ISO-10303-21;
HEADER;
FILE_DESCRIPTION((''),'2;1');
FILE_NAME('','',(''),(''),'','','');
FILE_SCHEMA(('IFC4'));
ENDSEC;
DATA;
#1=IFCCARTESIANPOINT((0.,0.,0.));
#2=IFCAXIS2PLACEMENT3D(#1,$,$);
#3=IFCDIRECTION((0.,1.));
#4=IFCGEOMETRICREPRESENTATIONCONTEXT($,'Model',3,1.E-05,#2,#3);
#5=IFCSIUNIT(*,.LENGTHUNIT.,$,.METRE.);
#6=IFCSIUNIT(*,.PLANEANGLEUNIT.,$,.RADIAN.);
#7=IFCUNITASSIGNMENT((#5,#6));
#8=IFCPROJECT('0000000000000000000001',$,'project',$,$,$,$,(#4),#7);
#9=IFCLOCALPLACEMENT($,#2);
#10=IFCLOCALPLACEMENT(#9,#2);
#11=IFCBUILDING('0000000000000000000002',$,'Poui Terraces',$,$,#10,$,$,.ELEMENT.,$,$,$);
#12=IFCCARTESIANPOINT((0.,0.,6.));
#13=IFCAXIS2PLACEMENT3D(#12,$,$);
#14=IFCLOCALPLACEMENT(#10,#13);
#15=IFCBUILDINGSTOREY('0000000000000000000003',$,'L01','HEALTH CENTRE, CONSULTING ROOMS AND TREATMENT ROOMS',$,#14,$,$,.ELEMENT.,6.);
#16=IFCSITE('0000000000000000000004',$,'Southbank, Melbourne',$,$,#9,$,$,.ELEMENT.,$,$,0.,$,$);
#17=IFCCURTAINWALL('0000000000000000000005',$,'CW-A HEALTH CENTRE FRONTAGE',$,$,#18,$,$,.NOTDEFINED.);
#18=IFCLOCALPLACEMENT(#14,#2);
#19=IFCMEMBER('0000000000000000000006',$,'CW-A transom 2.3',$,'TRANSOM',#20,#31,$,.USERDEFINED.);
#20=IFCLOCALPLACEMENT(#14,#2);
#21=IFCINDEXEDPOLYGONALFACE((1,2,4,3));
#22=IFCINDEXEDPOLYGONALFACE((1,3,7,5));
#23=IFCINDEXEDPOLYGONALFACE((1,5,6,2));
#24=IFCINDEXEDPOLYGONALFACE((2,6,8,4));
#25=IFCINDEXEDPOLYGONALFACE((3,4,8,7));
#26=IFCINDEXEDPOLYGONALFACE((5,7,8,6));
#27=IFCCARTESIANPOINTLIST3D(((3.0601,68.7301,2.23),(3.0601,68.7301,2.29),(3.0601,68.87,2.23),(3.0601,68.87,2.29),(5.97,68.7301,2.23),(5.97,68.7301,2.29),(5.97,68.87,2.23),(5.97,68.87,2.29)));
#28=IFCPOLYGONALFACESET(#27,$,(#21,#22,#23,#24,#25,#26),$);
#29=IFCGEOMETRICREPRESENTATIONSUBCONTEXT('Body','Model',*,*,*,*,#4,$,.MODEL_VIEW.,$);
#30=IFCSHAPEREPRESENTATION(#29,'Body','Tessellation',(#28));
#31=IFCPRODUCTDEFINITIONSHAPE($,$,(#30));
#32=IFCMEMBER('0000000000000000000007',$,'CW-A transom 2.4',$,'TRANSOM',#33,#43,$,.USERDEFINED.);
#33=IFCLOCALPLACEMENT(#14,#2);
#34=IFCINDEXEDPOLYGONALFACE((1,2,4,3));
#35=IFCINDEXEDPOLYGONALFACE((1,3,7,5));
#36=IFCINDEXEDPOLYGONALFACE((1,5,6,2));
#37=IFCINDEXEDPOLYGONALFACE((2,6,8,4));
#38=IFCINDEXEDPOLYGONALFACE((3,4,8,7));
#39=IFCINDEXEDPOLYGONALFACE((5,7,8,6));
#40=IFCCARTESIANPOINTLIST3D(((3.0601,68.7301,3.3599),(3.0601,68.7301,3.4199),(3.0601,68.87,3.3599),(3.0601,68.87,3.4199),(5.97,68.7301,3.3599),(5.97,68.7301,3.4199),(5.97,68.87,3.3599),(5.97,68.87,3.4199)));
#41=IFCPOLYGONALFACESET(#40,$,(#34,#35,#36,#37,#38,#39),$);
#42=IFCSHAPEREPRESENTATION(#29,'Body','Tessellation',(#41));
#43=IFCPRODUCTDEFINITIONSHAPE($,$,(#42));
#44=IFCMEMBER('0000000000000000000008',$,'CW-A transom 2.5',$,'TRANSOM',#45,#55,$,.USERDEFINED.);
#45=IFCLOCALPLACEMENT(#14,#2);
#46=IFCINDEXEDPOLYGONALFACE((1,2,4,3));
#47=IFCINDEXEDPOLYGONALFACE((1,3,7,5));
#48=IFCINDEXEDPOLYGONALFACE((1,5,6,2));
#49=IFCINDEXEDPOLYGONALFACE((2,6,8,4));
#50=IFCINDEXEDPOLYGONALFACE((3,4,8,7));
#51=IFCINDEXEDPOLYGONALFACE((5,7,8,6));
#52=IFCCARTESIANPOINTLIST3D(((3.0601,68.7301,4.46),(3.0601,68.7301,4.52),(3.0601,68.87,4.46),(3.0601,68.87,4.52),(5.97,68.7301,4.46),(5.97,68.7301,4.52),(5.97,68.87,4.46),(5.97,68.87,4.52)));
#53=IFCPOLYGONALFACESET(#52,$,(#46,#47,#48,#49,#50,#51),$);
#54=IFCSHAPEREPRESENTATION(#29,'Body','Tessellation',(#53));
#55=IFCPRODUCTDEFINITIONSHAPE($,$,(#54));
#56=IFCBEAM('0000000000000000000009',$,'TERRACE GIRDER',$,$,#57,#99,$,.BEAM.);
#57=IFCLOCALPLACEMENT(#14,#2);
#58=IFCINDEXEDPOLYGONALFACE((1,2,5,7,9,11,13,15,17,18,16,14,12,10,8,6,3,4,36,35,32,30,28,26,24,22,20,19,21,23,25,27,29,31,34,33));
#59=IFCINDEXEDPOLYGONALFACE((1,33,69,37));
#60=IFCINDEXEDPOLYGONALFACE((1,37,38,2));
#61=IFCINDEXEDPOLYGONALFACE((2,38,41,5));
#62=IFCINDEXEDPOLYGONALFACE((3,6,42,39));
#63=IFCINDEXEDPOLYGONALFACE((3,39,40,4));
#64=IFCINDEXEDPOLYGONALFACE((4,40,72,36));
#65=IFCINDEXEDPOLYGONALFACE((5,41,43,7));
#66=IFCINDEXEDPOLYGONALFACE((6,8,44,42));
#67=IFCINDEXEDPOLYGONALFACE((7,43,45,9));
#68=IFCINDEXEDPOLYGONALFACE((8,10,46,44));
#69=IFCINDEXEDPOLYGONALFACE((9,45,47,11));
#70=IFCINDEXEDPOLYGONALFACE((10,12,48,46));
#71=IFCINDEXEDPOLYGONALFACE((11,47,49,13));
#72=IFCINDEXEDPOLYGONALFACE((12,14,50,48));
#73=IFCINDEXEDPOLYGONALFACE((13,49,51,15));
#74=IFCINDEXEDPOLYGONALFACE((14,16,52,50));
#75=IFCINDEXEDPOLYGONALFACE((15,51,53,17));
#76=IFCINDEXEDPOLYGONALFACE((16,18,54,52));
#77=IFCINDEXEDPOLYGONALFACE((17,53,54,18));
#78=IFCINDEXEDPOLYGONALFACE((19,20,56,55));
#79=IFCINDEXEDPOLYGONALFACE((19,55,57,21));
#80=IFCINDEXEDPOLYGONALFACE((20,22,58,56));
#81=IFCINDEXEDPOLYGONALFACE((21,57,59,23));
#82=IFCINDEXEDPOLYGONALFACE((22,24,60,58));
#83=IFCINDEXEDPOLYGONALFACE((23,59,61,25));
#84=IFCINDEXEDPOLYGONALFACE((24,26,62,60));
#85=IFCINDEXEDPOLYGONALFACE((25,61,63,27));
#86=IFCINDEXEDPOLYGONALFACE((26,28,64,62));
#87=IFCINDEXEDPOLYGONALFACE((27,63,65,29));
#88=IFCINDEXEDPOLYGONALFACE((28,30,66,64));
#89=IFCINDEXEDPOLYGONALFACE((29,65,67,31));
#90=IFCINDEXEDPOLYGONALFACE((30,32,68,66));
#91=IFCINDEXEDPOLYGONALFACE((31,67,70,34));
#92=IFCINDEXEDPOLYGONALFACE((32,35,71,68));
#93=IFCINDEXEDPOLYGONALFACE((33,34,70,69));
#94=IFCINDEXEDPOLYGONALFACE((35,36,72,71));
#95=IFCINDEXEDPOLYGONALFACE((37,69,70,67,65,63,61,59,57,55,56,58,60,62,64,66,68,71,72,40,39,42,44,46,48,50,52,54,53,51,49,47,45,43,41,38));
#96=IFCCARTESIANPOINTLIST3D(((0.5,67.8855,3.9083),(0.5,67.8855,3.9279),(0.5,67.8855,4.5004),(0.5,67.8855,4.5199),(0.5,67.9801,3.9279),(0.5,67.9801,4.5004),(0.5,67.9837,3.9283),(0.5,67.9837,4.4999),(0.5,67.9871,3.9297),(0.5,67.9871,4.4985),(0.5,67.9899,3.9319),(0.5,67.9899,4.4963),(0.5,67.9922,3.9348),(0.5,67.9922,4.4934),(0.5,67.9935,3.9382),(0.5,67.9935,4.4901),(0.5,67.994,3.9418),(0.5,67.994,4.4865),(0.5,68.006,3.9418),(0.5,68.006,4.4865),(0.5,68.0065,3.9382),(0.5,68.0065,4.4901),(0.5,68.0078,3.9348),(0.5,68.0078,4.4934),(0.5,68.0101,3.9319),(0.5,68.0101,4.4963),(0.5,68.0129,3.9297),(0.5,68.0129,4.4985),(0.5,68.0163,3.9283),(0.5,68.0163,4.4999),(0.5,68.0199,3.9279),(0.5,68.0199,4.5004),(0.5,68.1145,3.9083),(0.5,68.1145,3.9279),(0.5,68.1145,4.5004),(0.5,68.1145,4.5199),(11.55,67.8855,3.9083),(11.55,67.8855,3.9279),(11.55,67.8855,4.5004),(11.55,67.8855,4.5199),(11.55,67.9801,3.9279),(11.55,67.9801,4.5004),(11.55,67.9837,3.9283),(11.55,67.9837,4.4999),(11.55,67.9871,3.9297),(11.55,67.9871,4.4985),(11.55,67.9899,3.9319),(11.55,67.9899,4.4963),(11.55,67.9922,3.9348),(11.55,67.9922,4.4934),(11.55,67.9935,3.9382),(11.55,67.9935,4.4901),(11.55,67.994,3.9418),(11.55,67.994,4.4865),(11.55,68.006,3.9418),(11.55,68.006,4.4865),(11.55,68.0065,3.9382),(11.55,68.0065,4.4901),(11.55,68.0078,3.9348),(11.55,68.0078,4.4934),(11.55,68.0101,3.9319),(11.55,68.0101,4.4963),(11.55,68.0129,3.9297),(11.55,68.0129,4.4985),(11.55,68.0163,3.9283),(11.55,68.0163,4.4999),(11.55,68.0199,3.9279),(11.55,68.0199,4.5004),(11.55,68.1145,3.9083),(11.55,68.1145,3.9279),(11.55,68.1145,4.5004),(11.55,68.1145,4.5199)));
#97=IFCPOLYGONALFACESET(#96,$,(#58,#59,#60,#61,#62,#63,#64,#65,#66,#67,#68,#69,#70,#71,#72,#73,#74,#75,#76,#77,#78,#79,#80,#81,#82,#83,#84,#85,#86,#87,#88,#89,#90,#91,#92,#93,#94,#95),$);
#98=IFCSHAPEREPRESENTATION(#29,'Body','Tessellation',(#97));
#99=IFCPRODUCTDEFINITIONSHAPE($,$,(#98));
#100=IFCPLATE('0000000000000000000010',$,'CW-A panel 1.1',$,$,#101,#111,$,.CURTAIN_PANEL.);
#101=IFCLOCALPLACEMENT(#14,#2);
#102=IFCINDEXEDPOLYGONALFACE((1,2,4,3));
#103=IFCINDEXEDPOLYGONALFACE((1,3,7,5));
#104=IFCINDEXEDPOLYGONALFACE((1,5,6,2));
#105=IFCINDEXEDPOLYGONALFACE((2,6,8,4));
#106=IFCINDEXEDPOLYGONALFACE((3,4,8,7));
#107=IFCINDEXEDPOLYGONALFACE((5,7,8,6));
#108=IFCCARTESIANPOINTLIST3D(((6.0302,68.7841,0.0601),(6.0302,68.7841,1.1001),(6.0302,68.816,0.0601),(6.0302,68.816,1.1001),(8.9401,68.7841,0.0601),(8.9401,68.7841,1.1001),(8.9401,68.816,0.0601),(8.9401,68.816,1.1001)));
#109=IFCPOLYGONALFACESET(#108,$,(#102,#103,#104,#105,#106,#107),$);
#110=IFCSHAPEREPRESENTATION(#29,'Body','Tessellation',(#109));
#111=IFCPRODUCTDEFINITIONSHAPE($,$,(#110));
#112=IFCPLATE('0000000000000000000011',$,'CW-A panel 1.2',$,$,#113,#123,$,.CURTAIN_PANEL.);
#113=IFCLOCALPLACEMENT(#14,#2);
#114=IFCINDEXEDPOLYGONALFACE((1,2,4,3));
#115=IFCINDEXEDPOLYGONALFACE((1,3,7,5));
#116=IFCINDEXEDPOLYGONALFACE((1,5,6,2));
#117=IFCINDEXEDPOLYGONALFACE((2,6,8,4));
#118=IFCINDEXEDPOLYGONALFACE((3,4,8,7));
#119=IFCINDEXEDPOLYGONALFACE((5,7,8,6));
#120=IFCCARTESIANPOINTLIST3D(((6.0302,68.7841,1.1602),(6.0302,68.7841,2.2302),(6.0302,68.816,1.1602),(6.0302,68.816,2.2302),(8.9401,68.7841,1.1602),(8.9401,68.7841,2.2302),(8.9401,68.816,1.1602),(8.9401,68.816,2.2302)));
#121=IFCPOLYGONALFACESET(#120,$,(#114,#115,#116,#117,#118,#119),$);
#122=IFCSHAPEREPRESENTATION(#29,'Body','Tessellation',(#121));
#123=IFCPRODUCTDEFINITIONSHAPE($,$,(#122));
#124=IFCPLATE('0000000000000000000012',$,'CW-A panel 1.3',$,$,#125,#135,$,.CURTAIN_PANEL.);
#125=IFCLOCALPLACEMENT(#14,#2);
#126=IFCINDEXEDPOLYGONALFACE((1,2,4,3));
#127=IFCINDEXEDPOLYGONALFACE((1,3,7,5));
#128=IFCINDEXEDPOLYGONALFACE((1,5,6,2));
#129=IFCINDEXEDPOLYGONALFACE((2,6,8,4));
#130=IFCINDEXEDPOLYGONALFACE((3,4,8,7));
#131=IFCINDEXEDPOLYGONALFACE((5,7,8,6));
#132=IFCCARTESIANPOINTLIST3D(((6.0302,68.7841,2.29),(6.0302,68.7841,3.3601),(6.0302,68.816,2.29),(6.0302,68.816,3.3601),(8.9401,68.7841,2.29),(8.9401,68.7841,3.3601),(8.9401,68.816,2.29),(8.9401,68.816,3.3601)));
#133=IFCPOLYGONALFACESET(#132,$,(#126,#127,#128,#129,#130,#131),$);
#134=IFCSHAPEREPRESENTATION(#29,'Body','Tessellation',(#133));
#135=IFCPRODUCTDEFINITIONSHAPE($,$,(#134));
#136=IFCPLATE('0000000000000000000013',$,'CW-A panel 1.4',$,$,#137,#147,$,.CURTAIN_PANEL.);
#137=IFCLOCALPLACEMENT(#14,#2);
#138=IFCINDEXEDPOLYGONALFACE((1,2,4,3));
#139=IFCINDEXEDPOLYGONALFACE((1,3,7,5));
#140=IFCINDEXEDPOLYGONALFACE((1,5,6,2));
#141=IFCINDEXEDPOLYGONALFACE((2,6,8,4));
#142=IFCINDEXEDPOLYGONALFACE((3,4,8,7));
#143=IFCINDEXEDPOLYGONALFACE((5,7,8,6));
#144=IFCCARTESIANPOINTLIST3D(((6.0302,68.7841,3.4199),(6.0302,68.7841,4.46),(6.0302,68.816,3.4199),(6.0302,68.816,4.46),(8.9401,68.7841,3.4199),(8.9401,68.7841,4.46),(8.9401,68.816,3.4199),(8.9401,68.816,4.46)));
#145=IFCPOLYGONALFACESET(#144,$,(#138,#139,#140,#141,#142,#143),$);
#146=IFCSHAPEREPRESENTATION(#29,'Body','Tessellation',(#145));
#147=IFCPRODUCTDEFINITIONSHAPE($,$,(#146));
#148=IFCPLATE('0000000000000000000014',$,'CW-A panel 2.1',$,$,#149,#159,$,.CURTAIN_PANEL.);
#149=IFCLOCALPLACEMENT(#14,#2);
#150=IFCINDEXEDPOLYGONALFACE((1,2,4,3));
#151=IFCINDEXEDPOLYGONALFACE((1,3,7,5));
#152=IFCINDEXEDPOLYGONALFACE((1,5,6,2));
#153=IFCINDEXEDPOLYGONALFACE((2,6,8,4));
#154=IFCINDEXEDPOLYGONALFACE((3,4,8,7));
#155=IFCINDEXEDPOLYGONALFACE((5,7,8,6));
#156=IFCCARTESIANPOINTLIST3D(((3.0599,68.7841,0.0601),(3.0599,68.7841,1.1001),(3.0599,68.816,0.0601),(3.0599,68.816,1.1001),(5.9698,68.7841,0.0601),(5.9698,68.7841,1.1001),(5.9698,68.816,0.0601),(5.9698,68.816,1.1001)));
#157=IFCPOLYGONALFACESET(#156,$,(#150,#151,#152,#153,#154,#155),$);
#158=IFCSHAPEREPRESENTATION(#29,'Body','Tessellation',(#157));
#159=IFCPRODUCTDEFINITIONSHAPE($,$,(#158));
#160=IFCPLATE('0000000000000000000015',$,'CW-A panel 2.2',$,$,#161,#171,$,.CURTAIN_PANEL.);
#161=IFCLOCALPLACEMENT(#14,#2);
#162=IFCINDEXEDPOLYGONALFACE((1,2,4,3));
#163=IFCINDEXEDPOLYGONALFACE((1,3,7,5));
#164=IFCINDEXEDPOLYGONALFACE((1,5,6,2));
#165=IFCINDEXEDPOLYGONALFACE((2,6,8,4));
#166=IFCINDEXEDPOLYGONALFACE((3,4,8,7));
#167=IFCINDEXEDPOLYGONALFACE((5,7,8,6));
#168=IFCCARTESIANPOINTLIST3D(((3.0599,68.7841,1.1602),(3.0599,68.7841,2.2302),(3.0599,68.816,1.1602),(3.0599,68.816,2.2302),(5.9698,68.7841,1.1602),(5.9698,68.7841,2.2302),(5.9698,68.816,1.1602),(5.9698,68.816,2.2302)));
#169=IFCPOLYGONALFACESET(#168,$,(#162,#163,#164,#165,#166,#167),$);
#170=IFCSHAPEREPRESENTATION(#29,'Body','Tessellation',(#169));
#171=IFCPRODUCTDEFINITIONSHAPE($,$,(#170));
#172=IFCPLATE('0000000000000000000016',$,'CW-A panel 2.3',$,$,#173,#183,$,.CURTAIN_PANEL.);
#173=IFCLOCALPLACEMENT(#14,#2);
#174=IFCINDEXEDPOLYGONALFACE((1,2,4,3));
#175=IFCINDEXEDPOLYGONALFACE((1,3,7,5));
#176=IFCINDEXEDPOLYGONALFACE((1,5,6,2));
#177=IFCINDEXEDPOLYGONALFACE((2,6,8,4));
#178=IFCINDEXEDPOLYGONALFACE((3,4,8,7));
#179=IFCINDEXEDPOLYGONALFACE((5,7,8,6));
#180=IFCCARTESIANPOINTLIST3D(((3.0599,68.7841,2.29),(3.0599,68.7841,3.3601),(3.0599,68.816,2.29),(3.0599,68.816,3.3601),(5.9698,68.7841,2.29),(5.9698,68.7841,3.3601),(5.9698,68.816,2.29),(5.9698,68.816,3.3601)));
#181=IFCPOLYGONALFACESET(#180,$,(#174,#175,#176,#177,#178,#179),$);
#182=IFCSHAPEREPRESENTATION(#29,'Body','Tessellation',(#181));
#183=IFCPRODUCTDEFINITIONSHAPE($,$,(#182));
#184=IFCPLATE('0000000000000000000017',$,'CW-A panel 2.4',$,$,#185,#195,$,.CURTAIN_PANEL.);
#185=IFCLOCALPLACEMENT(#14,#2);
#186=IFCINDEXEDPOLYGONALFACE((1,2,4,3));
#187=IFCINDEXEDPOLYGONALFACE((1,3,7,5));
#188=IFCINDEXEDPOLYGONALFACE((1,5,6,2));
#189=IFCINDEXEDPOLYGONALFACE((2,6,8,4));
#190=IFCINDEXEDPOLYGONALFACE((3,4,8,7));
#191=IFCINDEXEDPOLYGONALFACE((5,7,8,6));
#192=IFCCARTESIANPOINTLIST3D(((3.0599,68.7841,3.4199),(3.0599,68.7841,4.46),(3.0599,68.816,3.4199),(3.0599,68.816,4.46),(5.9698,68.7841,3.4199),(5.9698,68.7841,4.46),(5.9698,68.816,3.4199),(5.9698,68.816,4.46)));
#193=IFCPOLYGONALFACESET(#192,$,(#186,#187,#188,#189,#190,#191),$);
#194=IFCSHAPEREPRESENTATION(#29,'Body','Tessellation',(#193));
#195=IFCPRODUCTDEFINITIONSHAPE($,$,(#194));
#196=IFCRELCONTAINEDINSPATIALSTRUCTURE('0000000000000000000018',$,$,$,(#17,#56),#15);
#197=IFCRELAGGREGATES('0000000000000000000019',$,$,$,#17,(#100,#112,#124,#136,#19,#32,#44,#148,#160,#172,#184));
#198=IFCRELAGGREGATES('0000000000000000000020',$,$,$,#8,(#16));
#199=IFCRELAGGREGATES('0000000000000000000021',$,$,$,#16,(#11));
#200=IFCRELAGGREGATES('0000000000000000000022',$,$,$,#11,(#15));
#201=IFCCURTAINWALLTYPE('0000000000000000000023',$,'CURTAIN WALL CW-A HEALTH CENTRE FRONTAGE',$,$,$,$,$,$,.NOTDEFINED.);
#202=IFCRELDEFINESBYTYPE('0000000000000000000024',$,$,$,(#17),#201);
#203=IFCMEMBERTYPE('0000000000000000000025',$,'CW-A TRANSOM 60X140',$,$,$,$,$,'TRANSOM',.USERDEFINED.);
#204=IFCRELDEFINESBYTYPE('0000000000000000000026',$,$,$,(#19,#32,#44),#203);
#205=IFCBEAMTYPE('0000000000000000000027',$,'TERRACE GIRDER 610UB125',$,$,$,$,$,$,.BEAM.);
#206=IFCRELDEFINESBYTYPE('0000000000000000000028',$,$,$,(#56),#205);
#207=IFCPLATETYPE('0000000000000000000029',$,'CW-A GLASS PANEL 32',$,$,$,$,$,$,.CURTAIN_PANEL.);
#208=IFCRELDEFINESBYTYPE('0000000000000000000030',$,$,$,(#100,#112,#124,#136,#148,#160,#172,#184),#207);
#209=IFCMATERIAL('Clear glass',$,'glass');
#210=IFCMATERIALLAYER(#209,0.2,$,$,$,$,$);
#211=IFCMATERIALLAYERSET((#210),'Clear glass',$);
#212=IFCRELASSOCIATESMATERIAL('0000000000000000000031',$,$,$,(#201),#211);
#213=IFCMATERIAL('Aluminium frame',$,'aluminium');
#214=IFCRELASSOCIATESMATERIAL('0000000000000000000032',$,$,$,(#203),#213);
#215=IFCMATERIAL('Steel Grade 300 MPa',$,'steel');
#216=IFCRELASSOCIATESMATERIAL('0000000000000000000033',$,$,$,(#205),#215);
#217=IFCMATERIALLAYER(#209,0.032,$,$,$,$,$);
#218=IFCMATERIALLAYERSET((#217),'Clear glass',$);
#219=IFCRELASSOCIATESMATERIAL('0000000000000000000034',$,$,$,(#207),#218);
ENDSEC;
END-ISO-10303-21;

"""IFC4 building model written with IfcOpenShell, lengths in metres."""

from ifc_helpers import new_model, si_unit, direction, frame, origin, origin_2d, place, context, subcontext, project, spatial, rectangle, i_section, extrude, source, transform, mapped, material, layer, layer_set, material_profile, profile_set, type_object, element, aggregate, save


model = new_model("IFC4")

# Units and contexts
model_context = context("Model", 3, precision=1e-05, world=origin(), true_north=direction((0.0, 1.0)))
body_context = subcontext(model_context, "Body", "Model", "MODEL_VIEW")
ifc_project = project(units=[si_unit("LENGTHUNIT", "METRE"), si_unit("PLANEANGLEUNIT", "RADIAN")], contexts=[model_context])

# Site, building, storey
site_placement = place(None, origin())
site = spatial("IfcSite", under=ifc_project, at=site_placement, Name="Southbank, Melbourne", CompositionType="ELEMENT", RefElevation=0.0)
building_placement = place(site_placement, origin())
building = spatial("IfcBuilding", under=site, at=building_placement, Name="Poui Terraces", CompositionType="ELEMENT")
storey_placement = place(building_placement, frame((0.0, 0.0, 6.0)))
storey = spatial("IfcBuildingStorey", under=building, at=storey_placement, Name="L01", Description="HEALTH CENTRE, CONSULTING ROOMS AND TREATMENT ROOMS", CompositionType="ELEMENT", Elevation=6.0)

# Curtain wall
ifc_material_1 = material(Name="Clear glass", Category="glass")
ifc_layer_1 = layer(ifc_material_1, 0.2)
ifc_layer_set_1 = layer_set([ifc_layer_1], Name="Clear glass")
curtain_wall_type = type_object("IfcCurtainWallType", Name="CURTAIN WALL CW-A HEALTH CENTRE FRONTAGE", PredefinedType="NOTDEFINED", material=ifc_layer_set_1)
curtain_wall_1_placement = place(storey_placement, origin())
curtain_wall_1 = element("IfcCurtainWall", 1, at=curtain_wall_1_placement, inside=storey, type_object=curtain_wall_type, Name="CW-A HEALTH CENTRE FRONTAGE", PredefinedType="NOTDEFINED")
ifc_material_2 = material(Name="Aluminium frame", Category="aluminium")

# Members
ifc_material_profile_1 = material_profile(ifc_material_2, rectangle(XDim=0.1399, YDim=0.0601, at=origin_2d()), Name="CW-A TRANSOM 60X140")
ifc_profile_set_1 = profile_set([ifc_material_profile_1], Name="Aluminium frame")
member_type_1 = type_object("IfcMemberType", Name="CW-A TRANSOM 60X140", ElementType="TRANSOM", PredefinedType="USERDEFINED", material=ifc_profile_set_1)
member_1_placement = place(storey_placement, frame((5.97, 68.8, 2.26), z_axis=(-1.0, 0.0, 0.0), x_axis=(0.0, -1.0, 0.0)))
member_1 = element("IfcMember", 2, at=member_1_placement, type_object=member_type_1, Name="CW-A transom 2.3", ObjectType="TRANSOM", PredefinedType="USERDEFINED", context=body_context, shape_type="SweptSolid", body=[
    extrude(rectangle(XDim=0.1399, YDim=0.0601, at=origin_2d()), origin(), (0.0, 0.0, 1.0), 2.9099),
])
member_2_placement = place(storey_placement, frame((5.97, 68.8, 3.3899), z_axis=(-1.0, 0.0, 0.0), x_axis=(0.0, -1.0, 0.0)))
member_2 = element("IfcMember", 3, at=member_2_placement, type_object=member_type_1, Name="CW-A transom 2.4", ObjectType="TRANSOM", PredefinedType="USERDEFINED", context=body_context, shape_type="SweptSolid", body=[
    extrude(rectangle(XDim=0.1399, YDim=0.0601, at=origin_2d()), origin(), (0.0, 0.0, 1.0), 2.9099),
])
member_3_placement = place(storey_placement, frame((5.97, 68.8, 4.49), z_axis=(-1.0, 0.0, 0.0), x_axis=(0.0, -1.0, 0.0)))
member_3 = element("IfcMember", 4, at=member_3_placement, type_object=member_type_1, Name="CW-A transom 2.5", ObjectType="TRANSOM", PredefinedType="USERDEFINED", context=body_context, shape_type="SweptSolid", body=[
    extrude(rectangle(XDim=0.1399, YDim=0.0601, at=origin_2d()), origin(), (0.0, 0.0, 1.0), 2.9099),
])

# Beam
ifc_material_3 = material(Name="Steel Grade 300 MPa", Category="steel")
ifc_material_profile_2 = material_profile(ifc_material_3, i_section(OverallWidth=0.229, OverallDepth=0.6116, WebThickness=0.012, FlangeThickness=0.0195, FilletRadius=0.0139, at=origin_2d()), Name="610UB125")
ifc_profile_set_2 = profile_set([ifc_material_profile_2], Name="Steel Grade 300 MPa")
beam_type = type_object("IfcBeamType", Name="TERRACE GIRDER 610UB125", PredefinedType="BEAM", material=ifc_profile_set_2)
shared_shape_1 = source(origin(), body_context, "Body", "SweptSolid", [
    extrude(i_section(OverallWidth=0.229, OverallDepth=0.6116, WebThickness=0.012, FlangeThickness=0.0195, FilletRadius=0.0139, at=origin_2d()), origin(), (0.0, 0.0, 1.0), 11.05),
])
beam_placement = place(storey_placement, frame((0.5, 68.0, 4.2141), z_axis=(1.0, 0.0, 0.0), x_axis=(0.0, 1.0, 0.0)))
element("IfcBeam", 5, at=beam_placement, inside=storey, type_object=beam_type, Name="TERRACE GIRDER", PredefinedType="BEAM", context=body_context, shape_type="MappedRepresentation", body=[
    mapped(shared_shape_1, transform((0.0, 0.0, 0.0))),
])

# Plates
ifc_layer_2 = layer(ifc_material_1, 0.032)
ifc_layer_set_2 = layer_set([ifc_layer_2], Name="Clear glass")
plate_type = type_object("IfcPlateType", Name="CW-A GLASS PANEL 32", PredefinedType="CURTAIN_PANEL", material=ifc_layer_set_2)
plate_1_placement = place(storey_placement, frame((7.4851, 68.8, 0.0601), z_axis=(0.0, 0.0, 1.0), x_axis=(-1.0, 0.0, 0.0)))
plate_1 = element("IfcPlate", 6, at=plate_1_placement, type_object=plate_type, Name="CW-A panel 1.1", PredefinedType="CURTAIN_PANEL", context=body_context, shape_type="SweptSolid", body=[
    extrude(rectangle(XDim=2.9099, YDim=0.032, at=origin_2d()), origin(), (0.0, 0.0, 1.0), 1.04),
])
plate_2_placement = place(storey_placement, frame((7.4851, 68.8, 1.1602), z_axis=(0.0, 0.0, 1.0), x_axis=(-1.0, 0.0, 0.0)))
plate_2 = element("IfcPlate", 7, at=plate_2_placement, type_object=plate_type, Name="CW-A panel 1.2", PredefinedType="CURTAIN_PANEL", context=body_context, shape_type="SweptSolid", body=[
    extrude(rectangle(XDim=2.9099, YDim=0.032, at=origin_2d()), origin(), (0.0, 0.0, 1.0), 1.0701),
])
plate_3_placement = place(storey_placement, frame((7.4851, 68.8, 2.29), z_axis=(0.0, 0.0, 1.0), x_axis=(-1.0, 0.0, 0.0)))
plate_3 = element("IfcPlate", 8, at=plate_3_placement, type_object=plate_type, Name="CW-A panel 1.3", PredefinedType="CURTAIN_PANEL", context=body_context, shape_type="SweptSolid", body=[
    extrude(rectangle(XDim=2.9099, YDim=0.032, at=origin_2d()), origin(), (0.0, 0.0, 1.0), 1.0701),
])
plate_4_placement = place(storey_placement, frame((7.4851, 68.8, 3.4199), z_axis=(0.0, 0.0, 1.0), x_axis=(-1.0, 0.0, 0.0)))
plate_4 = element("IfcPlate", 9, at=plate_4_placement, type_object=plate_type, Name="CW-A panel 1.4", PredefinedType="CURTAIN_PANEL", context=body_context, shape_type="SweptSolid", body=[
    extrude(rectangle(XDim=2.9099, YDim=0.032, at=origin_2d()), origin(), (0.0, 0.0, 1.0), 1.04),
])
plate_5_placement = place(storey_placement, frame((4.5149, 68.8, 0.0601), z_axis=(0.0, 0.0, 1.0), x_axis=(-1.0, 0.0, 0.0)))
plate_5 = element("IfcPlate", 10, at=plate_5_placement, type_object=plate_type, Name="CW-A panel 2.1", PredefinedType="CURTAIN_PANEL", context=body_context, shape_type="SweptSolid", body=[
    extrude(rectangle(XDim=2.9099, YDim=0.032, at=origin_2d()), origin(), (0.0, 0.0, 1.0), 1.04),
])
plate_6_placement = place(storey_placement, frame((4.5149, 68.8, 1.1602), z_axis=(0.0, 0.0, 1.0), x_axis=(-1.0, 0.0, 0.0)))
plate_6 = element("IfcPlate", 11, at=plate_6_placement, type_object=plate_type, Name="CW-A panel 2.2", PredefinedType="CURTAIN_PANEL", context=body_context, shape_type="SweptSolid", body=[
    extrude(rectangle(XDim=2.9099, YDim=0.032, at=origin_2d()), origin(), (0.0, 0.0, 1.0), 1.0701),
])
plate_7_placement = place(storey_placement, frame((4.5149, 68.8, 2.29), z_axis=(0.0, 0.0, 1.0), x_axis=(-1.0, 0.0, 0.0)))
plate_7 = element("IfcPlate", 12, at=plate_7_placement, type_object=plate_type, Name="CW-A panel 2.3", PredefinedType="CURTAIN_PANEL", context=body_context, shape_type="SweptSolid", body=[
    extrude(rectangle(XDim=2.9099, YDim=0.032, at=origin_2d()), origin(), (0.0, 0.0, 1.0), 1.0701),
])
plate_8_placement = place(storey_placement, frame((4.5149, 68.8, 3.4199), z_axis=(0.0, 0.0, 1.0), x_axis=(-1.0, 0.0, 0.0)))
plate_8 = element("IfcPlate", 13, at=plate_8_placement, type_object=plate_type, Name="CW-A panel 2.4", PredefinedType="CURTAIN_PANEL", context=body_context, shape_type="SweptSolid", body=[
    extrude(rectangle(XDim=2.9099, YDim=0.032, at=origin_2d()), origin(), (0.0, 0.0, 1.0), 1.04),
])
aggregate(curtain_wall_1, [plate_1, plate_2, plate_3, plate_4, member_1, member_2, member_3, plate_5, plate_6, plate_7, plate_8])

save(model, "model.ifc")
